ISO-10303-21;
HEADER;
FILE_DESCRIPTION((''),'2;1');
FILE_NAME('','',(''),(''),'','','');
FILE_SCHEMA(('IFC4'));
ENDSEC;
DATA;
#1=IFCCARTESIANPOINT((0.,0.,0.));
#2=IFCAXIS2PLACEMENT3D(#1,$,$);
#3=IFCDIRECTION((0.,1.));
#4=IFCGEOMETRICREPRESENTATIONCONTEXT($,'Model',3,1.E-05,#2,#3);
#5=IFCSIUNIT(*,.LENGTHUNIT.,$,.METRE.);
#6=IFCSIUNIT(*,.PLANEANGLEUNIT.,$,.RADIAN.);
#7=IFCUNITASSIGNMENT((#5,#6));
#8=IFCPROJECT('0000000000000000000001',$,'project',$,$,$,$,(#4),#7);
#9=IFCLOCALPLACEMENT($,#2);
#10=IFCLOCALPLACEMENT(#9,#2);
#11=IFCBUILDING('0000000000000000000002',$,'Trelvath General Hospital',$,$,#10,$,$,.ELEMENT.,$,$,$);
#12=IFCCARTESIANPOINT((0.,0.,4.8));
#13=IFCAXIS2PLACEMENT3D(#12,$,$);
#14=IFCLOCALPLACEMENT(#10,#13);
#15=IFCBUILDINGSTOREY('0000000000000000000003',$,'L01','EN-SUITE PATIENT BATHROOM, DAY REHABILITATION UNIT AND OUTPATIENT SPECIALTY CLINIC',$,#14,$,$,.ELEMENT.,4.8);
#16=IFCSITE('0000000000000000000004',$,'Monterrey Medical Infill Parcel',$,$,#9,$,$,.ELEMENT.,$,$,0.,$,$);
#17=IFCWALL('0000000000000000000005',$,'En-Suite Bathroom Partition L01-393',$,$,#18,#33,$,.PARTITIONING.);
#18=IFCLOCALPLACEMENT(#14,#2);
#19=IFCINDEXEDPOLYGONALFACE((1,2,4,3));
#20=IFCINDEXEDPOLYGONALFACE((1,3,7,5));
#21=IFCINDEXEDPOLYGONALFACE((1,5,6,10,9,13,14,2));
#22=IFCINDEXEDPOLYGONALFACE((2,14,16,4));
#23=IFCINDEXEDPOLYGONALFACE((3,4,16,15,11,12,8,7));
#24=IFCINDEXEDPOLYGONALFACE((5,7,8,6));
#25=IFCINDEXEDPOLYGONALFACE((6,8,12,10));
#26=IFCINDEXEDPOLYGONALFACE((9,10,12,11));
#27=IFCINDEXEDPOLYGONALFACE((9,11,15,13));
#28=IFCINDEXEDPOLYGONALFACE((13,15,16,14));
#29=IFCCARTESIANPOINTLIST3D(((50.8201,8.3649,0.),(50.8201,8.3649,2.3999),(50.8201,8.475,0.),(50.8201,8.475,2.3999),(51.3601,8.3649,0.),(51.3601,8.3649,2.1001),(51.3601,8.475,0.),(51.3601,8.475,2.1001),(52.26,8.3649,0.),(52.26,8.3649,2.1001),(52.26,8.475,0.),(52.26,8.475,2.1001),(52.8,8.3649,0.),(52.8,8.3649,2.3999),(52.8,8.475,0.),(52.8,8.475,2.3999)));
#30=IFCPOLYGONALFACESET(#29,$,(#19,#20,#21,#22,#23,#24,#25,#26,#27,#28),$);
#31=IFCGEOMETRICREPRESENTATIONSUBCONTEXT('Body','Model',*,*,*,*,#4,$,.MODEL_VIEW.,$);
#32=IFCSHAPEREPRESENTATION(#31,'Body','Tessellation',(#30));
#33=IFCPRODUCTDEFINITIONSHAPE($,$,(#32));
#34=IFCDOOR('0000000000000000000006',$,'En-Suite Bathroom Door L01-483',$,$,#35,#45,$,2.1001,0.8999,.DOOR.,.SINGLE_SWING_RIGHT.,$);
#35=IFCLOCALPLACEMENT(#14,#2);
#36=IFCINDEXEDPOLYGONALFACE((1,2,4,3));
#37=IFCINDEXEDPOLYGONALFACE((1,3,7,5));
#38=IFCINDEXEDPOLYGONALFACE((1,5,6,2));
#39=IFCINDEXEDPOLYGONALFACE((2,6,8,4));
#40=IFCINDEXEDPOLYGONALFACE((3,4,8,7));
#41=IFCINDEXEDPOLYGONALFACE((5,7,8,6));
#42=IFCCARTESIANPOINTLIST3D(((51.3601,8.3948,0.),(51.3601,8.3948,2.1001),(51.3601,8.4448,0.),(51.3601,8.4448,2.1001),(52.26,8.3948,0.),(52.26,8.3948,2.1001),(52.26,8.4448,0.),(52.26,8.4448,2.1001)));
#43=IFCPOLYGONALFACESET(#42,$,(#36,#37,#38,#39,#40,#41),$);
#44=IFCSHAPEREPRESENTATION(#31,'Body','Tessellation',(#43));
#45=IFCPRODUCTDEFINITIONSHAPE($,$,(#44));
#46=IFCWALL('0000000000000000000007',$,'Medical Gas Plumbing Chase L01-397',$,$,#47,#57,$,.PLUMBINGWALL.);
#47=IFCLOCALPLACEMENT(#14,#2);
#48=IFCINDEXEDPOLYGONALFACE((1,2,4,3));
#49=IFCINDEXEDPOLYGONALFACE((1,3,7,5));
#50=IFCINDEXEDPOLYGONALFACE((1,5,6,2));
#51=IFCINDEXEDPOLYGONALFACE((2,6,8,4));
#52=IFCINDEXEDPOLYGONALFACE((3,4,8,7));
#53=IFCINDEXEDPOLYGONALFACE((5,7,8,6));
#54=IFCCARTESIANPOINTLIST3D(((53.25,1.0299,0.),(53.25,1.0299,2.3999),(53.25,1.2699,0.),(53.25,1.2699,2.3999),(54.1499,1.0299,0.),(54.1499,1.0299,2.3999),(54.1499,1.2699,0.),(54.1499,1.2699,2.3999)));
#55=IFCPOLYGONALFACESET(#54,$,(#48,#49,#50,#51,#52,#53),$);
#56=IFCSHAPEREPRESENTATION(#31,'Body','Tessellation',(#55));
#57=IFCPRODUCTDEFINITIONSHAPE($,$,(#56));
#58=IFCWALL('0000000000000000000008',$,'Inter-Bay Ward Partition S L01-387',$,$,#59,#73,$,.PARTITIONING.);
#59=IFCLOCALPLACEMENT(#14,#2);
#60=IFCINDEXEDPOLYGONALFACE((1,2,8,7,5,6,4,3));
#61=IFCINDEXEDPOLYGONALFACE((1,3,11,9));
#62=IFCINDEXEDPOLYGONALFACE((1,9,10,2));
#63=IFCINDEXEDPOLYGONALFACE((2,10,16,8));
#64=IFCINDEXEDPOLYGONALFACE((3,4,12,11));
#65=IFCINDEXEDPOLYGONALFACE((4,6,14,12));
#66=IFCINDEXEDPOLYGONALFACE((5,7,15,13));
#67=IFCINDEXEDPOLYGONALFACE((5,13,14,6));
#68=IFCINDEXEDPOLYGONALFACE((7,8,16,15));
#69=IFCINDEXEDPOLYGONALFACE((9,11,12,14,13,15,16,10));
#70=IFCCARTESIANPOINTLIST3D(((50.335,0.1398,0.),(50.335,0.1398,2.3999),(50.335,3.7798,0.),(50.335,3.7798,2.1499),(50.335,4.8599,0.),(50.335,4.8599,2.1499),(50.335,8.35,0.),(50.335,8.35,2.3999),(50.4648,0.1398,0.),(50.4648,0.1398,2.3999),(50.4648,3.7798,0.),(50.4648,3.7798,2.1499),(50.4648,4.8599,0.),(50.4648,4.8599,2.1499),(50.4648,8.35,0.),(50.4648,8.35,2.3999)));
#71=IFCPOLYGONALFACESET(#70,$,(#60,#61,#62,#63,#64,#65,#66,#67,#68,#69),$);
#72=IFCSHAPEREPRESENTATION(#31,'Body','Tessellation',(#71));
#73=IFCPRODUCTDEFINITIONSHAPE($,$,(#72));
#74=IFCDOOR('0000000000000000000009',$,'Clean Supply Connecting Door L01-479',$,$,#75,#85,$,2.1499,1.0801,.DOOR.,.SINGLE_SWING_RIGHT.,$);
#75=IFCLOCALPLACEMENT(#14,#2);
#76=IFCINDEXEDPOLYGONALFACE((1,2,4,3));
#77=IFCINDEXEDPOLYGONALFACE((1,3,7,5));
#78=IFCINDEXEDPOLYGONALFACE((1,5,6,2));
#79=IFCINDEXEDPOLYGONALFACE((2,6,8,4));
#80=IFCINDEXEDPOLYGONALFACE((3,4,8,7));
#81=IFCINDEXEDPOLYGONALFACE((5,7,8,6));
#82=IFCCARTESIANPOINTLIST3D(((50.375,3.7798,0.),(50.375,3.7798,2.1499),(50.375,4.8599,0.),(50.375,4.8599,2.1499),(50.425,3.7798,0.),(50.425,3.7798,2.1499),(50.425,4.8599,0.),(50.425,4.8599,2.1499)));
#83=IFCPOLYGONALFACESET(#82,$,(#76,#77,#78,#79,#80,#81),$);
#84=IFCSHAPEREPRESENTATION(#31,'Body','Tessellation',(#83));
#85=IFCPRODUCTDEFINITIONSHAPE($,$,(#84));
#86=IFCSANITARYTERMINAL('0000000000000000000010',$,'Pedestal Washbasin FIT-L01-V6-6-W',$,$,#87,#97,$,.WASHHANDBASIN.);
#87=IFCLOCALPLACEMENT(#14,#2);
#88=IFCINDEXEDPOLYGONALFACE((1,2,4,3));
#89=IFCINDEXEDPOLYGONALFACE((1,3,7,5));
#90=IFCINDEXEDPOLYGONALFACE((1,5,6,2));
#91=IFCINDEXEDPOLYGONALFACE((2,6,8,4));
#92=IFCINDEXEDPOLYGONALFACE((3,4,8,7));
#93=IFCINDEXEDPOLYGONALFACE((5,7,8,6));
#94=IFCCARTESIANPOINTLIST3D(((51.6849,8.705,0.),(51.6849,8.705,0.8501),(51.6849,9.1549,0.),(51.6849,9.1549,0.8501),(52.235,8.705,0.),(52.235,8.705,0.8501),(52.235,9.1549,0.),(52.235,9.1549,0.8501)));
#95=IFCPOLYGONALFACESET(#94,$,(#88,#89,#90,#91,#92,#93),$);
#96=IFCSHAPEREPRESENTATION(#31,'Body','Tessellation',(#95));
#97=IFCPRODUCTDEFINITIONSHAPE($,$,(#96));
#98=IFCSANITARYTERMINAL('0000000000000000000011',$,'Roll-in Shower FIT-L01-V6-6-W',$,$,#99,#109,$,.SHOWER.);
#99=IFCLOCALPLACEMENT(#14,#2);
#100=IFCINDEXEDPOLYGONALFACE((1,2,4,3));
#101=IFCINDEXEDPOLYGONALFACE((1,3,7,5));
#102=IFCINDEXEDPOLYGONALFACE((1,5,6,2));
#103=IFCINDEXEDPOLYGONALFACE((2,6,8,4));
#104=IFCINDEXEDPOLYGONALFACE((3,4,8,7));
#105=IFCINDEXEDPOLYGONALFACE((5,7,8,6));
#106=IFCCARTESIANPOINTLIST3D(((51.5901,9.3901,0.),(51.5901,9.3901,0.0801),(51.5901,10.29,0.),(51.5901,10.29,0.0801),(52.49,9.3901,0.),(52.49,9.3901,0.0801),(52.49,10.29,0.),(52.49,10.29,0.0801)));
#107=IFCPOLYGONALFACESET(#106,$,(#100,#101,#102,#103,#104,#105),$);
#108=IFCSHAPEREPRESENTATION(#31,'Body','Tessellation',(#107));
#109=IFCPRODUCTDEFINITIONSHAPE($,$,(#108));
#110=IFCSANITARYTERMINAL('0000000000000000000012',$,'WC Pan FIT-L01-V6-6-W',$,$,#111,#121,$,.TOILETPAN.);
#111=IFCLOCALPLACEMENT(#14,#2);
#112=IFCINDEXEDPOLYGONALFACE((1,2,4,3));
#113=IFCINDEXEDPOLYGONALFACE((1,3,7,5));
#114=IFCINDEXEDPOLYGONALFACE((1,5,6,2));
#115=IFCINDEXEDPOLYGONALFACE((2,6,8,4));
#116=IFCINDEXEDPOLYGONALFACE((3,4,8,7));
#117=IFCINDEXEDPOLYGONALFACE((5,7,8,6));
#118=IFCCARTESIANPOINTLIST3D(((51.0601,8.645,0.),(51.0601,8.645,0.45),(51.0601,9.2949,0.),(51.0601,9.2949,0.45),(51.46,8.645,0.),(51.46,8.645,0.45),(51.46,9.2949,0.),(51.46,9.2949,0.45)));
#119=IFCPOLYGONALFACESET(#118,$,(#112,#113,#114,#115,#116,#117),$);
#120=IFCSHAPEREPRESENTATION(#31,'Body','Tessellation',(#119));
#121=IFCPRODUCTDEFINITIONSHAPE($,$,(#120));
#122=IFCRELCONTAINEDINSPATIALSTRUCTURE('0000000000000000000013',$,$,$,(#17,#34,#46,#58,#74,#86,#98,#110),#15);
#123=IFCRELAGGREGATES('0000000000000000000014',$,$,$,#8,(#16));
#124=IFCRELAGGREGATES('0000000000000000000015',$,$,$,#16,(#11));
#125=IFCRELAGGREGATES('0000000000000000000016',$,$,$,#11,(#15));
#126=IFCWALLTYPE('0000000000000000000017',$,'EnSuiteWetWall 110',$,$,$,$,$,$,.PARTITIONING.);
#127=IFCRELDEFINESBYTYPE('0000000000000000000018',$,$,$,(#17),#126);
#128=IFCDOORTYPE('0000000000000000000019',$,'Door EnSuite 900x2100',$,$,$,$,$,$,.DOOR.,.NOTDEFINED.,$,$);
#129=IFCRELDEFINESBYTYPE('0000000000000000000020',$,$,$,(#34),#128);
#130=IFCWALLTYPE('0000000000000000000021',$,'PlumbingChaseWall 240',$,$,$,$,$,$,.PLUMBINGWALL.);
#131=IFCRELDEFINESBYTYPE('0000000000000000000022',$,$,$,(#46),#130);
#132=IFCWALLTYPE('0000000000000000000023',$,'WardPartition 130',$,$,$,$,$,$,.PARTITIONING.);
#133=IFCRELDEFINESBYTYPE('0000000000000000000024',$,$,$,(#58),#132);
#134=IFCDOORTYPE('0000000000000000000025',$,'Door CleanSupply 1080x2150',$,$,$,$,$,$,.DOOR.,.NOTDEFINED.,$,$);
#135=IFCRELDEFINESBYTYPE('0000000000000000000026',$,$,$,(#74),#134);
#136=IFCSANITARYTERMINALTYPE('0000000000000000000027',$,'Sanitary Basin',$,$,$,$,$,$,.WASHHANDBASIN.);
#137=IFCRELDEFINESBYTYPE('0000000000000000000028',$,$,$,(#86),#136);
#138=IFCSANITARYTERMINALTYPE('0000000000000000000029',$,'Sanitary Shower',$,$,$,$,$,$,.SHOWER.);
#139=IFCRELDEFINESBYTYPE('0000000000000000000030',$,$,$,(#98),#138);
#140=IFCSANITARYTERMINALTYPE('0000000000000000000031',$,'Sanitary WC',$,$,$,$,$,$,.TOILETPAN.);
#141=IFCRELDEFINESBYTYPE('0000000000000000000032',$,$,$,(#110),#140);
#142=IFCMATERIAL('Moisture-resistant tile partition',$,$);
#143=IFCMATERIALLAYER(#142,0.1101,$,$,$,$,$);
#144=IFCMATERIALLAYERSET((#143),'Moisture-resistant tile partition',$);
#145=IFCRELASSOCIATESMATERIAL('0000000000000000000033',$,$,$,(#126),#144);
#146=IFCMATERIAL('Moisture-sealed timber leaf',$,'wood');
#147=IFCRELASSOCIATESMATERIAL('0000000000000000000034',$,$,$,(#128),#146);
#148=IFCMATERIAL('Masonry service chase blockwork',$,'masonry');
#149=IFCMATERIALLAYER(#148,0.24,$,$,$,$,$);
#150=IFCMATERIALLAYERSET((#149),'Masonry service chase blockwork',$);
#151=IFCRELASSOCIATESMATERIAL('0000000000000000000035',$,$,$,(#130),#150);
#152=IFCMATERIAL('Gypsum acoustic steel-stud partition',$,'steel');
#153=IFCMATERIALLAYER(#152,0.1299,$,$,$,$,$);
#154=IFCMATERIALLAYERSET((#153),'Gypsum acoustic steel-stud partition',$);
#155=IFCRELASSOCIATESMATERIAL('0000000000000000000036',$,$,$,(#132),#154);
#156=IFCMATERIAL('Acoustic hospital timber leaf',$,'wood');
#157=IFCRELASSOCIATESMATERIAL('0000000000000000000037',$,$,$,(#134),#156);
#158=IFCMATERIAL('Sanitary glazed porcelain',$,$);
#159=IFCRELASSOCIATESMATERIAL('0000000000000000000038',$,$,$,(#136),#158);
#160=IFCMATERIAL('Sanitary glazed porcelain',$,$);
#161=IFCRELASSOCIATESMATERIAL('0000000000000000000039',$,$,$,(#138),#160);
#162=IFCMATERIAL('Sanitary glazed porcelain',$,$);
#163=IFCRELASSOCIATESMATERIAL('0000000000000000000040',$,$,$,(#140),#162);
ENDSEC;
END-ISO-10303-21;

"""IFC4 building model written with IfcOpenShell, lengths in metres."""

from ifc_helpers import new_model, si_unit, direction, frame, frame_2d, origin, origin_2d, place, context, subcontext, project, spatial, rectangle, extrude, material, layer, layer_set, type_object, element, fill, save


model = new_model("IFC4")

# Units and contexts
model_context = context("Model", 3, precision=1e-05, world=origin(), true_north=direction((0.0, 1.0)))
body_context = subcontext(model_context, "Body", "Model", "MODEL_VIEW")
ifc_project = project(units=[si_unit("LENGTHUNIT", "METRE"), si_unit("PLANEANGLEUNIT", "RADIAN")], contexts=[model_context])

# Site, building, storey
site_placement = place(None, origin())
site = spatial("IfcSite", under=ifc_project, at=site_placement, Name="Monterrey Medical Infill Parcel", CompositionType="ELEMENT", RefElevation=0.0)
building_placement = place(site_placement, origin())
building = spatial("IfcBuilding", under=site, at=building_placement, Name="Trelvath General Hospital", CompositionType="ELEMENT")
storey_placement = place(building_placement, frame((0.0, 0.0, 4.8)))
storey = spatial("IfcBuildingStorey", under=building, at=storey_placement, Name="L01", Description="EN-SUITE PATIENT BATHROOM, DAY REHABILITATION UNIT AND OUTPATIENT SPECIALTY CLINIC", CompositionType="ELEMENT", Elevation=4.8)

# Shared definitions
ifc_material_1 = material(Name="Moisture-resistant tile partition")
ifc_layer_1 = layer(ifc_material_1, 0.1101)
ifc_layer_set_1 = layer_set([ifc_layer_1], Name="Moisture-resistant tile partition")
wall_type_1 = type_object("IfcWallType", Name="EnSuiteWetWall 110", PredefinedType="PARTITIONING", material=ifc_layer_set_1)

# Wall, opening, door
wall_1_placement = place(storey_placement, frame((50.8201, 8.4199, 0.0), z_axis=(0.0, 0.0, 1.0), x_axis=(1.0, 0.0, 0.0)))
wall_1 = element("IfcWall", 1, at=wall_1_placement, inside=storey, type_object=wall_type_1, Name="En-Suite Bathroom Partition L01-393", PredefinedType="PARTITIONING", context=body_context, shape_type="SweptSolid", body=[
    extrude(rectangle(XDim=1.98, YDim=0.1101, at=frame_2d((0.99, 0.0))), origin(), (0.0, 0.0, 1.0), 2.3999),
])
opening_1_placement = place(wall_1_placement, frame((0.54, 0.0, 0.0)))
opening_1 = element("IfcOpeningElement", 2, at=opening_1_placement, cuts=wall_1, PredefinedType="OPENING", context=body_context, shape_type="SweptSolid", body=[
    extrude(rectangle(XDim=0.8999, YDim=2.1001, at=frame_2d((0.45, 1.05))), frame((0.0, 0.0649, 0.0), z_axis=(0.0, -1.0, 0.0), x_axis=(1.0, 0.0, 0.0)), (0.0, 0.0, 1.0), 0.1301),
])
ifc_material_2 = material(Name="Moisture-sealed timber leaf", Category="wood")
door_type_1 = type_object("IfcDoorType", Name="Door EnSuite 900x2100", OperationType="NOTDEFINED", PredefinedType="DOOR", material=ifc_material_2)
door_1_placement = place(opening_1_placement, origin())
door_1 = element("IfcDoor", 3, at=door_1_placement, inside=storey, type_object=door_type_1, Name="En-Suite Bathroom Door L01-483", OperationType="SINGLE_SWING_RIGHT", OverallHeight=2.1001, OverallWidth=0.8999, PredefinedType="DOOR", context=body_context, shape_type="SweptSolid", body=[
    extrude(rectangle(XDim=0.8999, YDim=2.1001, at=frame_2d((0.45, 1.05))), frame((0.0, 0.0249, 0.0), z_axis=(0.0, -1.0, 0.0), x_axis=(1.0, 0.0, 0.0)), (0.0, 0.0, 1.0), 0.05),
])
fill(opening_1, door_1)

# Wall
ifc_material_3 = material(Name="Masonry service chase blockwork", Category="masonry")
ifc_layer_2 = layer(ifc_material_3, 0.24)
ifc_layer_set_2 = layer_set([ifc_layer_2], Name="Masonry service chase blockwork")
wall_type_2 = type_object("IfcWallType", Name="PlumbingChaseWall 240", PredefinedType="PLUMBINGWALL", material=ifc_layer_set_2)
wall_2_placement = place(storey_placement, frame((53.25, 1.1499, 0.0), z_axis=(0.0, 0.0, 1.0), x_axis=(1.0, 0.0, 0.0)))
element("IfcWall", 4, at=wall_2_placement, inside=storey, type_object=wall_type_2, Name="Medical Gas Plumbing Chase L01-397", PredefinedType="PLUMBINGWALL", context=body_context, shape_type="SweptSolid", body=[
    extrude(rectangle(XDim=0.8999, YDim=0.24, at=frame_2d((0.45, 0.0))), origin(), (0.0, 0.0, 1.0), 2.3999),
])

# Wall, opening, door
ifc_material_4 = material(Name="Gypsum acoustic steel-stud partition", Category="steel")
ifc_layer_3 = layer(ifc_material_4, 0.1299)
ifc_layer_set_3 = layer_set([ifc_layer_3], Name="Gypsum acoustic steel-stud partition")
wall_type_3 = type_object("IfcWallType", Name="WardPartition 130", PredefinedType="PARTITIONING", material=ifc_layer_set_3)
wall_3_placement = place(storey_placement, frame((50.3999, 0.1399, 0.0), z_axis=(0.0, 0.0, 1.0), x_axis=(0.0, 1.0, 0.0)))
wall_3 = element("IfcWall", 5, at=wall_3_placement, inside=storey, type_object=wall_type_3, Name="Inter-Bay Ward Partition S L01-387", PredefinedType="PARTITIONING", context=body_context, shape_type="SweptSolid", body=[
    extrude(rectangle(XDim=8.2102, YDim=0.1299, at=frame_2d((4.105, 0.0))), origin(), (0.0, 0.0, 1.0), 2.3999),
])
opening_2_placement = place(wall_3_placement, frame((3.6399, 0.0, 0.0)))
opening_2 = element("IfcOpeningElement", 6, at=opening_2_placement, cuts=wall_3, PredefinedType="OPENING", context=body_context, shape_type="SweptSolid", body=[
    extrude(rectangle(XDim=1.0801, YDim=2.1499, at=frame_2d((0.54, 1.075))), frame((0.0, 0.075, 0.0), z_axis=(0.0, -1.0, 0.0), x_axis=(1.0, 0.0, 0.0)), (0.0, 0.0, 1.0), 0.1499),
])
ifc_material_5 = material(Name="Acoustic hospital timber leaf", Category="wood")
door_type_2 = type_object("IfcDoorType", Name="Door CleanSupply 1080x2150", OperationType="NOTDEFINED", PredefinedType="DOOR", material=ifc_material_5)
door_2_placement = place(opening_2_placement, origin())
door_2 = element("IfcDoor", 7, at=door_2_placement, inside=storey, type_object=door_type_2, Name="Clean Supply Connecting Door L01-479", OperationType="SINGLE_SWING_RIGHT", OverallHeight=2.1499, OverallWidth=1.0801, PredefinedType="DOOR", context=body_context, shape_type="SweptSolid", body=[
    extrude(rectangle(XDim=1.0801, YDim=2.1499, at=frame_2d((0.54, 1.075))), frame((0.0, 0.0249, 0.0), z_axis=(0.0, -1.0, 0.0), x_axis=(1.0, 0.0, 0.0)), (0.0, 0.0, 1.0), 0.05),
])
fill(opening_2, door_2)

# Sanitary terminals
ifc_material_6 = material(Name="Sanitary glazed porcelain")
sanitary_terminal_type_1 = type_object("IfcSanitaryTerminalType", Name="Sanitary Basin", PredefinedType="WASHHANDBASIN", material=ifc_material_6)
sanitary_terminal_1_placement = place(storey_placement, frame((51.96, 8.9299, 0.0), z_axis=(0.0, 0.0, 1.0), x_axis=(1.0, 0.0, 0.0)))
element("IfcSanitaryTerminal", 8, at=sanitary_terminal_1_placement, inside=storey, type_object=sanitary_terminal_type_1, Name="Pedestal Washbasin FIT-L01-V6-6-W", PredefinedType="WASHHANDBASIN", context=body_context, shape_type="SweptSolid", body=[
    extrude(rectangle(XDim=0.55, YDim=0.45, at=origin_2d()), origin(), (0.0, 0.0, 1.0), 0.8501),
])
ifc_material_7 = material(Name="Sanitary glazed porcelain")
sanitary_terminal_type_2 = type_object("IfcSanitaryTerminalType", Name="Sanitary Shower", PredefinedType="SHOWER", material=ifc_material_7)
sanitary_terminal_2_placement = place(storey_placement, frame((52.04, 9.8401, 0.0), z_axis=(0.0, 0.0, 1.0), x_axis=(1.0, 0.0, 0.0)))
element("IfcSanitaryTerminal", 9, at=sanitary_terminal_2_placement, inside=storey, type_object=sanitary_terminal_type_2, Name="Roll-in Shower FIT-L01-V6-6-W", PredefinedType="SHOWER", context=body_context, shape_type="SweptSolid", body=[
    extrude(rectangle(XDim=0.8999, YDim=0.8999, at=origin_2d()), origin(), (0.0, 0.0, 1.0), 0.0801),
])
ifc_material_8 = material(Name="Sanitary glazed porcelain")
sanitary_terminal_type_3 = type_object("IfcSanitaryTerminalType", Name="Sanitary WC", PredefinedType="TOILETPAN", material=ifc_material_8)
sanitary_terminal_3_placement = place(storey_placement, frame((51.26, 8.97, 0.0), z_axis=(0.0, 0.0, 1.0), x_axis=(1.0, 0.0, 0.0)))
element("IfcSanitaryTerminal", 10, at=sanitary_terminal_3_placement, inside=storey, type_object=sanitary_terminal_type_3, Name="WC Pan FIT-L01-V6-6-W", PredefinedType="TOILETPAN", context=body_context, shape_type="SweptSolid", body=[
    extrude(rectangle(XDim=0.3999, YDim=0.6499, at=origin_2d()), origin(), (0.0, 0.0, 1.0), 0.45),
])

save(model, "model.ifc")
